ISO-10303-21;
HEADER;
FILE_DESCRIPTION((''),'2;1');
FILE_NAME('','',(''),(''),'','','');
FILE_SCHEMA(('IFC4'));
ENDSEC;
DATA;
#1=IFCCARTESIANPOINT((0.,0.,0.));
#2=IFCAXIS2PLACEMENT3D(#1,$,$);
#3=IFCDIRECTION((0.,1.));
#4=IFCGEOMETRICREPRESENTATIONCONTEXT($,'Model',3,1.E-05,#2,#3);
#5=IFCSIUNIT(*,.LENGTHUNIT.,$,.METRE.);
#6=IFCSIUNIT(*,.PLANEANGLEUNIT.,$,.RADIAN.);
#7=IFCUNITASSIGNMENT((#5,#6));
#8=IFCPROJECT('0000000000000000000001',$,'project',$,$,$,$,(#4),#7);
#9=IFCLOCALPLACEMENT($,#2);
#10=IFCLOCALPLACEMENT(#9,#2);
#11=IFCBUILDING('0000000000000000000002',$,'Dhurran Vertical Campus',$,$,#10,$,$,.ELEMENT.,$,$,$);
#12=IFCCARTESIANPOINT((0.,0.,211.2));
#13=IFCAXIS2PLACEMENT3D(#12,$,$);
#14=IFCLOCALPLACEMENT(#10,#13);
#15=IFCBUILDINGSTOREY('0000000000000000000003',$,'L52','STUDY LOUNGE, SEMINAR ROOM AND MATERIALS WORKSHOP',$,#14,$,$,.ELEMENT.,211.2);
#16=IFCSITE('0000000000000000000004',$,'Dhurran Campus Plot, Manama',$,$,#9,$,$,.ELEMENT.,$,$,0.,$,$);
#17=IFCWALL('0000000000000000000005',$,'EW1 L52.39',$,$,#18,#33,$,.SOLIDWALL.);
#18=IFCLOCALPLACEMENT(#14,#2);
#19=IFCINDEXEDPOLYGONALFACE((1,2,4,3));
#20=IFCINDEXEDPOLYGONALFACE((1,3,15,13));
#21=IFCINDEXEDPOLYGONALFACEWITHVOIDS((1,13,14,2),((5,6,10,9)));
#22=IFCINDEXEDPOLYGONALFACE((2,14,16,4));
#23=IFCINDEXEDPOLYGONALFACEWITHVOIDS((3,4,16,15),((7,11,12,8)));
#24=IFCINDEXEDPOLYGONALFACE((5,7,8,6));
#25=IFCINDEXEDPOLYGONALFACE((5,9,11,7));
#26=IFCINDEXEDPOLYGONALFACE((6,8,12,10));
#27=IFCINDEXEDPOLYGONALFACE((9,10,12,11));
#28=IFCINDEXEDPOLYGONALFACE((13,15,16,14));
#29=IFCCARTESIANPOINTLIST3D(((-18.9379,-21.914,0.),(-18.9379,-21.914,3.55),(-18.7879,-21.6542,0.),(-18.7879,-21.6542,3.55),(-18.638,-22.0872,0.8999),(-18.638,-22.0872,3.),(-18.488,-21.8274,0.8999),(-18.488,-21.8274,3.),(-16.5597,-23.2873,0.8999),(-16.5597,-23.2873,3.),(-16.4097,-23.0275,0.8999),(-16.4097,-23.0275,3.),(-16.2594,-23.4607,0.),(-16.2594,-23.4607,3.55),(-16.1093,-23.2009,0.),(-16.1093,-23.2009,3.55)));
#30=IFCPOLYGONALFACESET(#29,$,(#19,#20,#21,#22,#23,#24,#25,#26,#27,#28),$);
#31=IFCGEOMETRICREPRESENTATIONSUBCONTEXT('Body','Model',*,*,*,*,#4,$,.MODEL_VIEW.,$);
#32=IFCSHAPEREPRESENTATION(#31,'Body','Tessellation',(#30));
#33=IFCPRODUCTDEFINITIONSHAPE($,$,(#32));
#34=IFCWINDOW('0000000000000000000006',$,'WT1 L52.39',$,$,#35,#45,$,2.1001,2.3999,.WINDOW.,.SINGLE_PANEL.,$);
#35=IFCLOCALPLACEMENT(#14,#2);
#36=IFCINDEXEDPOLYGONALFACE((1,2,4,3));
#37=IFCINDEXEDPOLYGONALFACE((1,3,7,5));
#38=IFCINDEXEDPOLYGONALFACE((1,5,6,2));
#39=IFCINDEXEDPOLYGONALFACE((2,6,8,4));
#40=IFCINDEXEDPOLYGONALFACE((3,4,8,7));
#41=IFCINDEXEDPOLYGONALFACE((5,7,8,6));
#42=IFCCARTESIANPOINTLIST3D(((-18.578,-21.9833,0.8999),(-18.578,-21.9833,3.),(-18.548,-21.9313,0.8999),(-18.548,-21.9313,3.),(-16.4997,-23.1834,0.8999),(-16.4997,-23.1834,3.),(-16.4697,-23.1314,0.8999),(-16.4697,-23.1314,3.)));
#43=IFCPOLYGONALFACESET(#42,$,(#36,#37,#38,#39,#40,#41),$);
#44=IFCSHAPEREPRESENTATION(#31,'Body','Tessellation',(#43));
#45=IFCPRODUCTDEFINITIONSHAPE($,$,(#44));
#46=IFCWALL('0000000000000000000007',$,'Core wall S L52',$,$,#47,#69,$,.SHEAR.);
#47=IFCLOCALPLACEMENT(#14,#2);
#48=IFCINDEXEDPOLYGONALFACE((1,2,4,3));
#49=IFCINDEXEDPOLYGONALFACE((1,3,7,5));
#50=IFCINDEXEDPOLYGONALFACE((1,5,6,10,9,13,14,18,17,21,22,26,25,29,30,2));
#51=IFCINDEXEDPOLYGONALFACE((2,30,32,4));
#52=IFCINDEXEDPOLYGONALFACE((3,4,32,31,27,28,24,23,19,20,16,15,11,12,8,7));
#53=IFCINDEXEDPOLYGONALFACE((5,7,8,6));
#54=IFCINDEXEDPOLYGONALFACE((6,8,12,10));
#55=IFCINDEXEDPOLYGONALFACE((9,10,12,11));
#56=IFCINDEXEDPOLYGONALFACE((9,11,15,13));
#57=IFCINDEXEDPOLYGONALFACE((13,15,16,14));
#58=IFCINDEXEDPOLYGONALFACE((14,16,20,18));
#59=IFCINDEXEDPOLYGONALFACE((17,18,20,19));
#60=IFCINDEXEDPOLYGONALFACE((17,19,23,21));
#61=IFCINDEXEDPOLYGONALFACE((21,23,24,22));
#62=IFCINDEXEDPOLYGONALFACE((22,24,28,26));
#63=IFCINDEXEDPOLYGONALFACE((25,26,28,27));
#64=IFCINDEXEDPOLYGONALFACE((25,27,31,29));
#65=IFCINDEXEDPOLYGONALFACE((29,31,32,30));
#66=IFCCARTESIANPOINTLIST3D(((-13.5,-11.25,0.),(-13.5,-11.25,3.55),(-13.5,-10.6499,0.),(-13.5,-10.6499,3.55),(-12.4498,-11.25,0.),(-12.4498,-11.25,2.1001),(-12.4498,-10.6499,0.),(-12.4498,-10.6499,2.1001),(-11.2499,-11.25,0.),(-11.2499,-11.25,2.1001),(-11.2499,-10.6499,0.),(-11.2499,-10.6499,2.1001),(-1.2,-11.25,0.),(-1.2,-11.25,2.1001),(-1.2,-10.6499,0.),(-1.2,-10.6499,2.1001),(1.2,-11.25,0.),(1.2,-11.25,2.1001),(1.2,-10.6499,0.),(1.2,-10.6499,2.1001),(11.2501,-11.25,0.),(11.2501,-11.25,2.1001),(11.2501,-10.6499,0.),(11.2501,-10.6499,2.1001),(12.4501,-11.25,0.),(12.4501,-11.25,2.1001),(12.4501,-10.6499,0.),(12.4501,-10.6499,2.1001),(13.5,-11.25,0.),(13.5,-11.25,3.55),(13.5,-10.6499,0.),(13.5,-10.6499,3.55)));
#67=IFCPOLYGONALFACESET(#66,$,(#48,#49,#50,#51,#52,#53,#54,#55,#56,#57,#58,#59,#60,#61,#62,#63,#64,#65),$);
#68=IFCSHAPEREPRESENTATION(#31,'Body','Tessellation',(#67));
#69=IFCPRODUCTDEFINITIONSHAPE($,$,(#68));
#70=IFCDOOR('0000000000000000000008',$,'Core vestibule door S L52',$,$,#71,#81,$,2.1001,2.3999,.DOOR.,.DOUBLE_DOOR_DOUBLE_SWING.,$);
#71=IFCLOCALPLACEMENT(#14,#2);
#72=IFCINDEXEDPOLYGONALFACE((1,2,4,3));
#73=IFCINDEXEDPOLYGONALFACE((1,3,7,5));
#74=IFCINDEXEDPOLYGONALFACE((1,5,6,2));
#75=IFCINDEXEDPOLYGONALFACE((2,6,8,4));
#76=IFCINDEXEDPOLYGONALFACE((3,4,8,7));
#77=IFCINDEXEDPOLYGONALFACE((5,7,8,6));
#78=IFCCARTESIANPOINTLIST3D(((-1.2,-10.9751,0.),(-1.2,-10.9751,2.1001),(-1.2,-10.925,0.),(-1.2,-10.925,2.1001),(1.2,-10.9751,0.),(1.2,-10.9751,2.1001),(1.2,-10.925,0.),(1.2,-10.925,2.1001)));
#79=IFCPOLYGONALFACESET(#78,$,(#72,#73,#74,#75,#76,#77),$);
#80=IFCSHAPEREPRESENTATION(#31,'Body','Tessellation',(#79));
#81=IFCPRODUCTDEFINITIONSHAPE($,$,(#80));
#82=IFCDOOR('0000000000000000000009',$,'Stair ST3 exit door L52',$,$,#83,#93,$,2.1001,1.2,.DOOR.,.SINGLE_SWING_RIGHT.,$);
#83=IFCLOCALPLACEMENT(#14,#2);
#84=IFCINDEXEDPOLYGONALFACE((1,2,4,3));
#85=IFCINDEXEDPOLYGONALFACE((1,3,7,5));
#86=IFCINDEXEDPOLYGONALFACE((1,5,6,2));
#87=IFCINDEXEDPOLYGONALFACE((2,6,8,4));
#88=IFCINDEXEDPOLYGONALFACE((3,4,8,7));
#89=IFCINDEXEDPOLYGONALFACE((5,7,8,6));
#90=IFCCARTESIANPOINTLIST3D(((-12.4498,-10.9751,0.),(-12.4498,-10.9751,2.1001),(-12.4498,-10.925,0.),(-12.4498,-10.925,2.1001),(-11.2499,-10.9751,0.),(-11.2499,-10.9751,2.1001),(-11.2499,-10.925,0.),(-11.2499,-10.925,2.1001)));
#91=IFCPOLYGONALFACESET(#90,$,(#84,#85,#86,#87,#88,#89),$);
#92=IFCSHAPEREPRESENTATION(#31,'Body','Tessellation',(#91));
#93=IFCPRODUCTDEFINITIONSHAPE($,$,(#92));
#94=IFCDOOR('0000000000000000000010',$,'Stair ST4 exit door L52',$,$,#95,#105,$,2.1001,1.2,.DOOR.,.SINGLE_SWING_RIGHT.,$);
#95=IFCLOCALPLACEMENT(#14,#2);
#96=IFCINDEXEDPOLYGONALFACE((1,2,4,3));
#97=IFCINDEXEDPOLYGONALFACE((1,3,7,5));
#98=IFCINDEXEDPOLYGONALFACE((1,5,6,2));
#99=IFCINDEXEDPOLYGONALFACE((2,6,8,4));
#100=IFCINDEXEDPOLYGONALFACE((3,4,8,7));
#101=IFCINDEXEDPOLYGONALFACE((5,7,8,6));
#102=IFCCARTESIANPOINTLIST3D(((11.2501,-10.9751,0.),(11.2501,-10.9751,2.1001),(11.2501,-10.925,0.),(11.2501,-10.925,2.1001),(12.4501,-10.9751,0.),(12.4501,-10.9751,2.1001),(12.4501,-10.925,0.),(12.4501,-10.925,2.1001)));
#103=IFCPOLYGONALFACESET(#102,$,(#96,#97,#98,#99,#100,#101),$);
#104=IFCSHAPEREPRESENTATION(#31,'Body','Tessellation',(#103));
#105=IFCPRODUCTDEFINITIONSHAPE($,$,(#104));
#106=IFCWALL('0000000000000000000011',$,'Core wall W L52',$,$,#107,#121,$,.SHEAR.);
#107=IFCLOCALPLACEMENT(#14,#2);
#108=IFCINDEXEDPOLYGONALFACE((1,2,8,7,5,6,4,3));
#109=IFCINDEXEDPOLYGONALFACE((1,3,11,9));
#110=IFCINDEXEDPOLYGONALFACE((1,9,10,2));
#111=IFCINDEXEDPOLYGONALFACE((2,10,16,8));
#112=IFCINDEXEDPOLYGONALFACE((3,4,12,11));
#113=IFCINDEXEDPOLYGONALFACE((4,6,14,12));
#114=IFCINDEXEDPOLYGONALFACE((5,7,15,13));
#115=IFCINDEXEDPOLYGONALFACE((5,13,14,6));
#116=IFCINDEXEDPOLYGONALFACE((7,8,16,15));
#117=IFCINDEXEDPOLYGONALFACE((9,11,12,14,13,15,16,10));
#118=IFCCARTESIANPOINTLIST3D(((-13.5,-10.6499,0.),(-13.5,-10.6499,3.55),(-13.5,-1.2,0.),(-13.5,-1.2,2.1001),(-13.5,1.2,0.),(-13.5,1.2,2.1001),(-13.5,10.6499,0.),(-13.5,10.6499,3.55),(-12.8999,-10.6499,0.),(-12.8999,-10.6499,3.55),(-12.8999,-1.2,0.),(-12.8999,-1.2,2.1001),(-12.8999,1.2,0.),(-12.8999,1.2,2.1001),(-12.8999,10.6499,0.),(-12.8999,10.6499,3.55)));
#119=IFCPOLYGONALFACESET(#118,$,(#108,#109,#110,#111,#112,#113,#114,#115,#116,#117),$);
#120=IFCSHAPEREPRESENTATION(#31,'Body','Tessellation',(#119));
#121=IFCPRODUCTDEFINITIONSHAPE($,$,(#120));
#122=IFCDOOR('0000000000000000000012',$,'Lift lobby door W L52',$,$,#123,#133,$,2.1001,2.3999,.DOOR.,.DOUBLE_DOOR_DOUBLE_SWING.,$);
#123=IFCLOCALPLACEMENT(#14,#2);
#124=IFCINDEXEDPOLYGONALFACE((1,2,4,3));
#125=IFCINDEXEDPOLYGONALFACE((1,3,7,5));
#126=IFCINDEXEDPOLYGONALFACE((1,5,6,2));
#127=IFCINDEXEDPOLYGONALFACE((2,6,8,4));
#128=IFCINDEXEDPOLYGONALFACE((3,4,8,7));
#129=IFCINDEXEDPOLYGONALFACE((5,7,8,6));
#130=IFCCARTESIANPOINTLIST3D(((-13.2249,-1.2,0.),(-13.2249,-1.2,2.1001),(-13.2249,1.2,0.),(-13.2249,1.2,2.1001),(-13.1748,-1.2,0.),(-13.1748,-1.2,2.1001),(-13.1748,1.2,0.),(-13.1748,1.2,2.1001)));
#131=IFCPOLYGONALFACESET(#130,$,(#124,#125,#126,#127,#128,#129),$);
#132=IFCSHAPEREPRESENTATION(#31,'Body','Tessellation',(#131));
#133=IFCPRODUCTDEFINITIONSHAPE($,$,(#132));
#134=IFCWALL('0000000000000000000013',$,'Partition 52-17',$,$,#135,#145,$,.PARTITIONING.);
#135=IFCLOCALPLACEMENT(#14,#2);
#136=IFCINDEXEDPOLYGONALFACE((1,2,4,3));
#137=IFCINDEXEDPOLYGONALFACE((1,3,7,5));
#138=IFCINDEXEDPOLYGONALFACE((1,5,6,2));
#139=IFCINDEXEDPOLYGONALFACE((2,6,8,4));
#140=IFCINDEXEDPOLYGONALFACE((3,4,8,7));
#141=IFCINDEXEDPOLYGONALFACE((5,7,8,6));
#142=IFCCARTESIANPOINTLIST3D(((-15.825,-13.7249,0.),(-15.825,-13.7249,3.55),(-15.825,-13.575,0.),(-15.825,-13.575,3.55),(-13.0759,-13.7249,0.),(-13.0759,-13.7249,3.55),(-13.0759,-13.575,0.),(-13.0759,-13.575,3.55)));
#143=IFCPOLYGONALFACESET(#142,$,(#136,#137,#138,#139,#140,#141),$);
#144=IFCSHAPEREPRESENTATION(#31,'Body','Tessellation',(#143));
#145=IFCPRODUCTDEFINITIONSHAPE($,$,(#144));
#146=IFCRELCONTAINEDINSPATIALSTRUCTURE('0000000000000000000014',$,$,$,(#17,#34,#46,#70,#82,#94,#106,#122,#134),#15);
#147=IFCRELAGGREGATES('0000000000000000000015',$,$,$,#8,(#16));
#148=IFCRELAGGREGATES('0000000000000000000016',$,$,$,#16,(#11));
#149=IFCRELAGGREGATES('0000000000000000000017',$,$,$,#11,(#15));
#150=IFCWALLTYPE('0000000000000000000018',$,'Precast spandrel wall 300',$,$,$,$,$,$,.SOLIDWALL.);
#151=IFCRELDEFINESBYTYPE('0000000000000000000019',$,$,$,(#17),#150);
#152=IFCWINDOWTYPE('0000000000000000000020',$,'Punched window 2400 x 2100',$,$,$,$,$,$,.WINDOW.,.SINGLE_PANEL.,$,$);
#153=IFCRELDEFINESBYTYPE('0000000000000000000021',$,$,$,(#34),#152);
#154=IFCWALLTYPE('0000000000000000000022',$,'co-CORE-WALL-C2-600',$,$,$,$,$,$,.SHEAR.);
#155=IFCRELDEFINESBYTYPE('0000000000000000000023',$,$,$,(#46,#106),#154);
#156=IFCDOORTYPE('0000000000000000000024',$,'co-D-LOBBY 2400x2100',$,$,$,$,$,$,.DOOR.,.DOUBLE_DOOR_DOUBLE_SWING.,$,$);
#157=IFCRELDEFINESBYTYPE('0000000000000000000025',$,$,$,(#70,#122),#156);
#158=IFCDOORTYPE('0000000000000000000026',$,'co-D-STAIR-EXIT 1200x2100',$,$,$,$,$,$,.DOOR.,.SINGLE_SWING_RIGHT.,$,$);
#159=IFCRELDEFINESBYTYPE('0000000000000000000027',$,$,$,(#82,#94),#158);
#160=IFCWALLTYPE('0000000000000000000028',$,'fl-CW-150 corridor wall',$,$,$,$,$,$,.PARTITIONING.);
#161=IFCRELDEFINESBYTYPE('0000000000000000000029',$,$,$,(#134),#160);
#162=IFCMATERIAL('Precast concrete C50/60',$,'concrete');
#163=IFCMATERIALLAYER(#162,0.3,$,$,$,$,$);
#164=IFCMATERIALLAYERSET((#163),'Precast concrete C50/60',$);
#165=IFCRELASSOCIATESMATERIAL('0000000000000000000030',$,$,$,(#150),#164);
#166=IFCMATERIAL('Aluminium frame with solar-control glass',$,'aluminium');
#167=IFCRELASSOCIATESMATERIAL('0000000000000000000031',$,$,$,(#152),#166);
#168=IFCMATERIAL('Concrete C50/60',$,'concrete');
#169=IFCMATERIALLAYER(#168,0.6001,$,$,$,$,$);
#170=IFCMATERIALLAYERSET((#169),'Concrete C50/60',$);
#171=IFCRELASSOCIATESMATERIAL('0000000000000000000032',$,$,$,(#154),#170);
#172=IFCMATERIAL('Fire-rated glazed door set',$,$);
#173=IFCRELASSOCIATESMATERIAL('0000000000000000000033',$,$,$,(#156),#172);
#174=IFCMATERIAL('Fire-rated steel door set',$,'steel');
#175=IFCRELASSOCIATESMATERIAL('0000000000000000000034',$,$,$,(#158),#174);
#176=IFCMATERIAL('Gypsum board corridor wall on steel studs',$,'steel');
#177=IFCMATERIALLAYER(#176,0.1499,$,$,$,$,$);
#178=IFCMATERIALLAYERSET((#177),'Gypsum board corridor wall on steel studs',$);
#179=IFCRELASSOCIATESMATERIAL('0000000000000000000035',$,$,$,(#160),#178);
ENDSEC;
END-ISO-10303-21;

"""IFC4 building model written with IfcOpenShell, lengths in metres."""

from ifc_helpers import new_model, si_unit, direction, frame, frame_2d, origin, place, context, subcontext, project, spatial, rectangle, extrude, material, layer, layer_set, type_object, element, fill, save


model = new_model("IFC4")

# Units and contexts
model_context = context("Model", 3, precision=1e-05, world=origin(), true_north=direction((0.0, 1.0)))
body_context = subcontext(model_context, "Body", "Model", "MODEL_VIEW")
ifc_project = project(units=[si_unit("LENGTHUNIT", "METRE"), si_unit("PLANEANGLEUNIT", "RADIAN")], contexts=[model_context])

# Site, building, storey
site_placement = place(None, origin())
site = spatial("IfcSite", under=ifc_project, at=site_placement, Name="Dhurran Campus Plot, Manama", CompositionType="ELEMENT", RefElevation=0.0)
building_placement = place(site_placement, origin())
building = spatial("IfcBuilding", under=site, at=building_placement, Name="Dhurran Vertical Campus", CompositionType="ELEMENT")
storey_placement = place(building_placement, frame((0.0, 0.0, 211.2)))
storey = spatial("IfcBuildingStorey", under=building, at=storey_placement, Name="L52", Description="STUDY LOUNGE, SEMINAR ROOM AND MATERIALS WORKSHOP", CompositionType="ELEMENT", Elevation=211.2)

# Wall, opening, window
ifc_material_1 = material(Name="Precast concrete C50/60", Category="concrete")
ifc_layer_1 = layer(ifc_material_1, 0.3)
ifc_layer_set_1 = layer_set([ifc_layer_1], Name="Precast concrete C50/60")
wall_type_1 = type_object("IfcWallType", Name="Precast spandrel wall 300", PredefinedType="SOLIDWALL", material=ifc_layer_set_1)
ifc_material_2 = material(Name="Aluminium frame with solar-control glass", Category="aluminium")
window_type = type_object("IfcWindowType", Name="Punched window 2400 x 2100", PartitioningType="SINGLE_PANEL", PredefinedType="WINDOW", material=ifc_material_2)
wall_1_placement = place(storey_placement, frame((-18.8628, -21.7842, 0.0), z_axis=(0.0, 0.0, 1.0), x_axis=(0.865995, -0.500053, 0.0)))
wall_1 = element("IfcWall", 1, at=wall_1_placement, inside=storey, type_object=wall_type_1, Name="EW1 L52.39", PredefinedType="SOLIDWALL", context=body_context, shape_type="SweptSolid", body=[
    extrude(rectangle(XDim=3.093, YDim=0.3, at=frame_2d((1.5464, 0.0))), origin(), (0.0, 0.0, 1.0), 3.55),
])
opening_1_placement = place(wall_1_placement, frame((0.3462, 0.0, 0.8999)))
opening_1 = element("IfcOpeningElement", 2, at=opening_1_placement, cuts=wall_1, PredefinedType="OPENING", context=body_context, shape_type="SweptSolid", body=[
    extrude(rectangle(XDim=2.3999, YDim=2.1001, at=frame_2d((1.2, 1.05))), frame((0.0, 0.1599, 0.0), z_axis=(0.0, -1.0, 0.0), x_axis=(1.0, 0.0, 0.0)), (0.0, 0.0, 1.0), 0.3201),
])
window_1_placement = place(opening_1_placement, origin())
window_1 = element("IfcWindow", 3, at=window_1_placement, inside=storey, type_object=window_type, Name="WT1 L52.39", OverallHeight=2.1001, OverallWidth=2.3999, PartitioningType="SINGLE_PANEL", PredefinedType="WINDOW", context=body_context, shape_type="SweptSolid", body=[
    extrude(rectangle(XDim=2.3999, YDim=2.1001, at=frame_2d((1.2, 1.05))), frame((0.0, 0.03, 0.0), z_axis=(0.0, -1.0, 0.0), x_axis=(1.0, 0.0, 0.0)), (0.0, 0.0, 1.0), 0.0601),
])
fill(opening_1, window_1)

# Wall, openings, doors
ifc_material_3 = material(Name="Concrete C50/60", Category="concrete")
ifc_layer_2 = layer(ifc_material_3, 0.6001)
ifc_layer_set_2 = layer_set([ifc_layer_2], Name="Concrete C50/60")
wall_type_2 = type_object("IfcWallType", Name="co-CORE-WALL-C2-600", PredefinedType="SHEAR", material=ifc_layer_set_2)
wall_2_placement = place(storey_placement, frame((-13.5, -10.95, 0.0), z_axis=(0.0, 0.0, 1.0), x_axis=(1.0, 0.0, 0.0)))
wall_2 = element("IfcWall", 4, at=wall_2_placement, inside=storey, type_object=wall_type_2, Name="Core wall S L52", PredefinedType="SHEAR", context=body_context, shape_type="SweptSolid", body=[
    extrude(rectangle(XDim=27.0, YDim=0.6001, at=frame_2d((13.5, 0.0))), origin(), (0.0, 0.0, 1.0), 3.55),
])
opening_2_placement = place(wall_2_placement, frame((12.3, 0.0, 0.0)))
opening_2 = element("IfcOpeningElement", 5, at=opening_2_placement, cuts=wall_2, PredefinedType="OPENING", context=body_context, shape_type="SweptSolid", body=[
    extrude(rectangle(XDim=2.3999, YDim=2.1001, at=frame_2d((1.2, 1.05))), frame((0.0, 0.3101, 0.0), z_axis=(0.0, -1.0, 0.0), x_axis=(1.0, 0.0, 0.0)), (0.0, 0.0, 1.0), 0.6201),
])
opening_3_placement = place(wall_2_placement, frame((1.05, 0.0, 0.0)))
opening_3 = element("IfcOpeningElement", 6, at=opening_3_placement, cuts=wall_2, PredefinedType="OPENING", context=body_context, shape_type="SweptSolid", body=[
    extrude(rectangle(XDim=1.2, YDim=2.1001, at=frame_2d((0.6001, 1.05))), frame((0.0, 0.3101, 0.0), z_axis=(0.0, -1.0, 0.0), x_axis=(1.0, 0.0, 0.0)), (0.0, 0.0, 1.0), 0.6201),
])
opening_4_placement = place(wall_2_placement, frame((24.75, 0.0, 0.0)))
opening_4 = element("IfcOpeningElement", 7, at=opening_4_placement, cuts=wall_2, PredefinedType="OPENING", context=body_context, shape_type="SweptSolid", body=[
    extrude(rectangle(XDim=1.2, YDim=2.1001, at=frame_2d((0.6001, 1.05))), frame((0.0, 0.3101, 0.0), z_axis=(0.0, -1.0, 0.0), x_axis=(1.0, 0.0, 0.0)), (0.0, 0.0, 1.0), 0.6201),
])
ifc_material_4 = material(Name="Fire-rated glazed door set")
door_type_1 = type_object("IfcDoorType", Name="co-D-LOBBY 2400x2100", OperationType="DOUBLE_DOOR_DOUBLE_SWING", PredefinedType="DOOR", material=ifc_material_4)
door_1_placement = place(opening_2_placement, origin())
door_1 = element("IfcDoor", 8, at=door_1_placement, inside=storey, type_object=door_type_1, Name="Core vestibule door S L52", OperationType="DOUBLE_DOOR_DOUBLE_SWING", OverallHeight=2.1001, OverallWidth=2.3999, PredefinedType="DOOR", context=body_context, shape_type="SweptSolid", body=[
    extrude(rectangle(XDim=2.3999, YDim=2.1001, at=frame_2d((1.2, 1.05))), frame((0.0, 0.0249, 0.0), z_axis=(0.0, -1.0, 0.0), x_axis=(1.0, 0.0, 0.0)), (0.0, 0.0, 1.0), 0.05),
])
fill(opening_2, door_1)
ifc_material_5 = material(Name="Fire-rated steel door set", Category="steel")
door_type_2 = type_object("IfcDoorType", Name="co-D-STAIR-EXIT 1200x2100", OperationType="SINGLE_SWING_RIGHT", PredefinedType="DOOR", material=ifc_material_5)
door_2_placement = place(opening_3_placement, origin())
door_2 = element("IfcDoor", 9, at=door_2_placement, inside=storey, type_object=door_type_2, Name="Stair ST3 exit door L52", OperationType="SINGLE_SWING_RIGHT", OverallHeight=2.1001, OverallWidth=1.2, PredefinedType="DOOR", context=body_context, shape_type="SweptSolid", body=[
    extrude(rectangle(XDim=1.2, YDim=2.1001, at=frame_2d((0.6001, 1.05))), frame((0.0, 0.0249, 0.0), z_axis=(0.0, -1.0, 0.0), x_axis=(1.0, 0.0, 0.0)), (0.0, 0.0, 1.0), 0.05),
])
fill(opening_3, door_2)
door_3_placement = place(opening_4_placement, origin())
door_3 = element("IfcDoor", 10, at=door_3_placement, inside=storey, type_object=door_type_2, Name="Stair ST4 exit door L52", OperationType="SINGLE_SWING_RIGHT", OverallHeight=2.1001, OverallWidth=1.2, PredefinedType="DOOR", context=body_context, shape_type="SweptSolid", body=[
    extrude(rectangle(XDim=1.2, YDim=2.1001, at=frame_2d((0.6001, 1.05))), frame((0.0, 0.0249, 0.0), z_axis=(0.0, -1.0, 0.0), x_axis=(1.0, 0.0, 0.0)), (0.0, 0.0, 1.0), 0.05),
])
fill(opening_4, door_3)

# Wall, opening, door
wall_3_placement = place(storey_placement, frame((-13.2, -10.6499, 0.0), z_axis=(0.0, 0.0, 1.0), x_axis=(0.0, 1.0, 0.0)))
wall_3 = element("IfcWall", 11, at=wall_3_placement, inside=storey, type_object=wall_type_2, Name="Core wall W L52", PredefinedType="SHEAR", context=body_context, shape_type="SweptSolid", body=[
    extrude(rectangle(XDim=21.2998, YDim=0.6001, at=frame_2d((10.6499, 0.0))), origin(), (0.0, 0.0, 1.0), 3.55),
])
opening_5_placement = place(wall_3_placement, frame((9.45, 0.0, 0.0)))
opening_5 = element("IfcOpeningElement", 12, at=opening_5_placement, cuts=wall_3, PredefinedType="OPENING", context=body_context, shape_type="SweptSolid", body=[
    extrude(rectangle(XDim=2.3999, YDim=2.1001, at=frame_2d((1.2, 1.05))), frame((0.0, 0.3101, 0.0), z_axis=(0.0, -1.0, 0.0), x_axis=(1.0, 0.0, 0.0)), (0.0, 0.0, 1.0), 0.6201),
])
door_4_placement = place(opening_5_placement, origin())
door_4 = element("IfcDoor", 13, at=door_4_placement, inside=storey, type_object=door_type_1, Name="Lift lobby door W L52", OperationType="DOUBLE_DOOR_DOUBLE_SWING", OverallHeight=2.1001, OverallWidth=2.3999, PredefinedType="DOOR", context=body_context, shape_type="SweptSolid", body=[
    extrude(rectangle(XDim=2.3999, YDim=2.1001, at=frame_2d((1.2, 1.05))), frame((0.0, 0.0249, 0.0), z_axis=(0.0, -1.0, 0.0), x_axis=(1.0, 0.0, 0.0)), (0.0, 0.0, 1.0), 0.05),
])
fill(opening_5, door_4)

# Wall
ifc_material_6 = material(Name="Gypsum board corridor wall on steel studs", Category="steel")
ifc_layer_3 = layer(ifc_material_6, 0.1499)
ifc_layer_set_3 = layer_set([ifc_layer_3], Name="Gypsum board corridor wall on steel studs")
wall_type_3 = type_object("IfcWallType", Name="fl-CW-150 corridor wall", PredefinedType="PARTITIONING", material=ifc_layer_set_3)
wall_4_placement = place(storey_placement, frame((-15.825, -13.6499, 0.0), z_axis=(0.0, 0.0, 1.0), x_axis=(1.0, 0.0, 0.0)))
element("IfcWall", 14, at=wall_4_placement, inside=storey, type_object=wall_type_3, Name="Partition 52-17", PredefinedType="PARTITIONING", context=body_context, shape_type="SweptSolid", body=[
    extrude(rectangle(XDim=2.749, YDim=0.1499, at=frame_2d((1.3745, 0.0))), origin(), (0.0, 0.0, 1.0), 3.55),
])

save(model, "model.ifc")
